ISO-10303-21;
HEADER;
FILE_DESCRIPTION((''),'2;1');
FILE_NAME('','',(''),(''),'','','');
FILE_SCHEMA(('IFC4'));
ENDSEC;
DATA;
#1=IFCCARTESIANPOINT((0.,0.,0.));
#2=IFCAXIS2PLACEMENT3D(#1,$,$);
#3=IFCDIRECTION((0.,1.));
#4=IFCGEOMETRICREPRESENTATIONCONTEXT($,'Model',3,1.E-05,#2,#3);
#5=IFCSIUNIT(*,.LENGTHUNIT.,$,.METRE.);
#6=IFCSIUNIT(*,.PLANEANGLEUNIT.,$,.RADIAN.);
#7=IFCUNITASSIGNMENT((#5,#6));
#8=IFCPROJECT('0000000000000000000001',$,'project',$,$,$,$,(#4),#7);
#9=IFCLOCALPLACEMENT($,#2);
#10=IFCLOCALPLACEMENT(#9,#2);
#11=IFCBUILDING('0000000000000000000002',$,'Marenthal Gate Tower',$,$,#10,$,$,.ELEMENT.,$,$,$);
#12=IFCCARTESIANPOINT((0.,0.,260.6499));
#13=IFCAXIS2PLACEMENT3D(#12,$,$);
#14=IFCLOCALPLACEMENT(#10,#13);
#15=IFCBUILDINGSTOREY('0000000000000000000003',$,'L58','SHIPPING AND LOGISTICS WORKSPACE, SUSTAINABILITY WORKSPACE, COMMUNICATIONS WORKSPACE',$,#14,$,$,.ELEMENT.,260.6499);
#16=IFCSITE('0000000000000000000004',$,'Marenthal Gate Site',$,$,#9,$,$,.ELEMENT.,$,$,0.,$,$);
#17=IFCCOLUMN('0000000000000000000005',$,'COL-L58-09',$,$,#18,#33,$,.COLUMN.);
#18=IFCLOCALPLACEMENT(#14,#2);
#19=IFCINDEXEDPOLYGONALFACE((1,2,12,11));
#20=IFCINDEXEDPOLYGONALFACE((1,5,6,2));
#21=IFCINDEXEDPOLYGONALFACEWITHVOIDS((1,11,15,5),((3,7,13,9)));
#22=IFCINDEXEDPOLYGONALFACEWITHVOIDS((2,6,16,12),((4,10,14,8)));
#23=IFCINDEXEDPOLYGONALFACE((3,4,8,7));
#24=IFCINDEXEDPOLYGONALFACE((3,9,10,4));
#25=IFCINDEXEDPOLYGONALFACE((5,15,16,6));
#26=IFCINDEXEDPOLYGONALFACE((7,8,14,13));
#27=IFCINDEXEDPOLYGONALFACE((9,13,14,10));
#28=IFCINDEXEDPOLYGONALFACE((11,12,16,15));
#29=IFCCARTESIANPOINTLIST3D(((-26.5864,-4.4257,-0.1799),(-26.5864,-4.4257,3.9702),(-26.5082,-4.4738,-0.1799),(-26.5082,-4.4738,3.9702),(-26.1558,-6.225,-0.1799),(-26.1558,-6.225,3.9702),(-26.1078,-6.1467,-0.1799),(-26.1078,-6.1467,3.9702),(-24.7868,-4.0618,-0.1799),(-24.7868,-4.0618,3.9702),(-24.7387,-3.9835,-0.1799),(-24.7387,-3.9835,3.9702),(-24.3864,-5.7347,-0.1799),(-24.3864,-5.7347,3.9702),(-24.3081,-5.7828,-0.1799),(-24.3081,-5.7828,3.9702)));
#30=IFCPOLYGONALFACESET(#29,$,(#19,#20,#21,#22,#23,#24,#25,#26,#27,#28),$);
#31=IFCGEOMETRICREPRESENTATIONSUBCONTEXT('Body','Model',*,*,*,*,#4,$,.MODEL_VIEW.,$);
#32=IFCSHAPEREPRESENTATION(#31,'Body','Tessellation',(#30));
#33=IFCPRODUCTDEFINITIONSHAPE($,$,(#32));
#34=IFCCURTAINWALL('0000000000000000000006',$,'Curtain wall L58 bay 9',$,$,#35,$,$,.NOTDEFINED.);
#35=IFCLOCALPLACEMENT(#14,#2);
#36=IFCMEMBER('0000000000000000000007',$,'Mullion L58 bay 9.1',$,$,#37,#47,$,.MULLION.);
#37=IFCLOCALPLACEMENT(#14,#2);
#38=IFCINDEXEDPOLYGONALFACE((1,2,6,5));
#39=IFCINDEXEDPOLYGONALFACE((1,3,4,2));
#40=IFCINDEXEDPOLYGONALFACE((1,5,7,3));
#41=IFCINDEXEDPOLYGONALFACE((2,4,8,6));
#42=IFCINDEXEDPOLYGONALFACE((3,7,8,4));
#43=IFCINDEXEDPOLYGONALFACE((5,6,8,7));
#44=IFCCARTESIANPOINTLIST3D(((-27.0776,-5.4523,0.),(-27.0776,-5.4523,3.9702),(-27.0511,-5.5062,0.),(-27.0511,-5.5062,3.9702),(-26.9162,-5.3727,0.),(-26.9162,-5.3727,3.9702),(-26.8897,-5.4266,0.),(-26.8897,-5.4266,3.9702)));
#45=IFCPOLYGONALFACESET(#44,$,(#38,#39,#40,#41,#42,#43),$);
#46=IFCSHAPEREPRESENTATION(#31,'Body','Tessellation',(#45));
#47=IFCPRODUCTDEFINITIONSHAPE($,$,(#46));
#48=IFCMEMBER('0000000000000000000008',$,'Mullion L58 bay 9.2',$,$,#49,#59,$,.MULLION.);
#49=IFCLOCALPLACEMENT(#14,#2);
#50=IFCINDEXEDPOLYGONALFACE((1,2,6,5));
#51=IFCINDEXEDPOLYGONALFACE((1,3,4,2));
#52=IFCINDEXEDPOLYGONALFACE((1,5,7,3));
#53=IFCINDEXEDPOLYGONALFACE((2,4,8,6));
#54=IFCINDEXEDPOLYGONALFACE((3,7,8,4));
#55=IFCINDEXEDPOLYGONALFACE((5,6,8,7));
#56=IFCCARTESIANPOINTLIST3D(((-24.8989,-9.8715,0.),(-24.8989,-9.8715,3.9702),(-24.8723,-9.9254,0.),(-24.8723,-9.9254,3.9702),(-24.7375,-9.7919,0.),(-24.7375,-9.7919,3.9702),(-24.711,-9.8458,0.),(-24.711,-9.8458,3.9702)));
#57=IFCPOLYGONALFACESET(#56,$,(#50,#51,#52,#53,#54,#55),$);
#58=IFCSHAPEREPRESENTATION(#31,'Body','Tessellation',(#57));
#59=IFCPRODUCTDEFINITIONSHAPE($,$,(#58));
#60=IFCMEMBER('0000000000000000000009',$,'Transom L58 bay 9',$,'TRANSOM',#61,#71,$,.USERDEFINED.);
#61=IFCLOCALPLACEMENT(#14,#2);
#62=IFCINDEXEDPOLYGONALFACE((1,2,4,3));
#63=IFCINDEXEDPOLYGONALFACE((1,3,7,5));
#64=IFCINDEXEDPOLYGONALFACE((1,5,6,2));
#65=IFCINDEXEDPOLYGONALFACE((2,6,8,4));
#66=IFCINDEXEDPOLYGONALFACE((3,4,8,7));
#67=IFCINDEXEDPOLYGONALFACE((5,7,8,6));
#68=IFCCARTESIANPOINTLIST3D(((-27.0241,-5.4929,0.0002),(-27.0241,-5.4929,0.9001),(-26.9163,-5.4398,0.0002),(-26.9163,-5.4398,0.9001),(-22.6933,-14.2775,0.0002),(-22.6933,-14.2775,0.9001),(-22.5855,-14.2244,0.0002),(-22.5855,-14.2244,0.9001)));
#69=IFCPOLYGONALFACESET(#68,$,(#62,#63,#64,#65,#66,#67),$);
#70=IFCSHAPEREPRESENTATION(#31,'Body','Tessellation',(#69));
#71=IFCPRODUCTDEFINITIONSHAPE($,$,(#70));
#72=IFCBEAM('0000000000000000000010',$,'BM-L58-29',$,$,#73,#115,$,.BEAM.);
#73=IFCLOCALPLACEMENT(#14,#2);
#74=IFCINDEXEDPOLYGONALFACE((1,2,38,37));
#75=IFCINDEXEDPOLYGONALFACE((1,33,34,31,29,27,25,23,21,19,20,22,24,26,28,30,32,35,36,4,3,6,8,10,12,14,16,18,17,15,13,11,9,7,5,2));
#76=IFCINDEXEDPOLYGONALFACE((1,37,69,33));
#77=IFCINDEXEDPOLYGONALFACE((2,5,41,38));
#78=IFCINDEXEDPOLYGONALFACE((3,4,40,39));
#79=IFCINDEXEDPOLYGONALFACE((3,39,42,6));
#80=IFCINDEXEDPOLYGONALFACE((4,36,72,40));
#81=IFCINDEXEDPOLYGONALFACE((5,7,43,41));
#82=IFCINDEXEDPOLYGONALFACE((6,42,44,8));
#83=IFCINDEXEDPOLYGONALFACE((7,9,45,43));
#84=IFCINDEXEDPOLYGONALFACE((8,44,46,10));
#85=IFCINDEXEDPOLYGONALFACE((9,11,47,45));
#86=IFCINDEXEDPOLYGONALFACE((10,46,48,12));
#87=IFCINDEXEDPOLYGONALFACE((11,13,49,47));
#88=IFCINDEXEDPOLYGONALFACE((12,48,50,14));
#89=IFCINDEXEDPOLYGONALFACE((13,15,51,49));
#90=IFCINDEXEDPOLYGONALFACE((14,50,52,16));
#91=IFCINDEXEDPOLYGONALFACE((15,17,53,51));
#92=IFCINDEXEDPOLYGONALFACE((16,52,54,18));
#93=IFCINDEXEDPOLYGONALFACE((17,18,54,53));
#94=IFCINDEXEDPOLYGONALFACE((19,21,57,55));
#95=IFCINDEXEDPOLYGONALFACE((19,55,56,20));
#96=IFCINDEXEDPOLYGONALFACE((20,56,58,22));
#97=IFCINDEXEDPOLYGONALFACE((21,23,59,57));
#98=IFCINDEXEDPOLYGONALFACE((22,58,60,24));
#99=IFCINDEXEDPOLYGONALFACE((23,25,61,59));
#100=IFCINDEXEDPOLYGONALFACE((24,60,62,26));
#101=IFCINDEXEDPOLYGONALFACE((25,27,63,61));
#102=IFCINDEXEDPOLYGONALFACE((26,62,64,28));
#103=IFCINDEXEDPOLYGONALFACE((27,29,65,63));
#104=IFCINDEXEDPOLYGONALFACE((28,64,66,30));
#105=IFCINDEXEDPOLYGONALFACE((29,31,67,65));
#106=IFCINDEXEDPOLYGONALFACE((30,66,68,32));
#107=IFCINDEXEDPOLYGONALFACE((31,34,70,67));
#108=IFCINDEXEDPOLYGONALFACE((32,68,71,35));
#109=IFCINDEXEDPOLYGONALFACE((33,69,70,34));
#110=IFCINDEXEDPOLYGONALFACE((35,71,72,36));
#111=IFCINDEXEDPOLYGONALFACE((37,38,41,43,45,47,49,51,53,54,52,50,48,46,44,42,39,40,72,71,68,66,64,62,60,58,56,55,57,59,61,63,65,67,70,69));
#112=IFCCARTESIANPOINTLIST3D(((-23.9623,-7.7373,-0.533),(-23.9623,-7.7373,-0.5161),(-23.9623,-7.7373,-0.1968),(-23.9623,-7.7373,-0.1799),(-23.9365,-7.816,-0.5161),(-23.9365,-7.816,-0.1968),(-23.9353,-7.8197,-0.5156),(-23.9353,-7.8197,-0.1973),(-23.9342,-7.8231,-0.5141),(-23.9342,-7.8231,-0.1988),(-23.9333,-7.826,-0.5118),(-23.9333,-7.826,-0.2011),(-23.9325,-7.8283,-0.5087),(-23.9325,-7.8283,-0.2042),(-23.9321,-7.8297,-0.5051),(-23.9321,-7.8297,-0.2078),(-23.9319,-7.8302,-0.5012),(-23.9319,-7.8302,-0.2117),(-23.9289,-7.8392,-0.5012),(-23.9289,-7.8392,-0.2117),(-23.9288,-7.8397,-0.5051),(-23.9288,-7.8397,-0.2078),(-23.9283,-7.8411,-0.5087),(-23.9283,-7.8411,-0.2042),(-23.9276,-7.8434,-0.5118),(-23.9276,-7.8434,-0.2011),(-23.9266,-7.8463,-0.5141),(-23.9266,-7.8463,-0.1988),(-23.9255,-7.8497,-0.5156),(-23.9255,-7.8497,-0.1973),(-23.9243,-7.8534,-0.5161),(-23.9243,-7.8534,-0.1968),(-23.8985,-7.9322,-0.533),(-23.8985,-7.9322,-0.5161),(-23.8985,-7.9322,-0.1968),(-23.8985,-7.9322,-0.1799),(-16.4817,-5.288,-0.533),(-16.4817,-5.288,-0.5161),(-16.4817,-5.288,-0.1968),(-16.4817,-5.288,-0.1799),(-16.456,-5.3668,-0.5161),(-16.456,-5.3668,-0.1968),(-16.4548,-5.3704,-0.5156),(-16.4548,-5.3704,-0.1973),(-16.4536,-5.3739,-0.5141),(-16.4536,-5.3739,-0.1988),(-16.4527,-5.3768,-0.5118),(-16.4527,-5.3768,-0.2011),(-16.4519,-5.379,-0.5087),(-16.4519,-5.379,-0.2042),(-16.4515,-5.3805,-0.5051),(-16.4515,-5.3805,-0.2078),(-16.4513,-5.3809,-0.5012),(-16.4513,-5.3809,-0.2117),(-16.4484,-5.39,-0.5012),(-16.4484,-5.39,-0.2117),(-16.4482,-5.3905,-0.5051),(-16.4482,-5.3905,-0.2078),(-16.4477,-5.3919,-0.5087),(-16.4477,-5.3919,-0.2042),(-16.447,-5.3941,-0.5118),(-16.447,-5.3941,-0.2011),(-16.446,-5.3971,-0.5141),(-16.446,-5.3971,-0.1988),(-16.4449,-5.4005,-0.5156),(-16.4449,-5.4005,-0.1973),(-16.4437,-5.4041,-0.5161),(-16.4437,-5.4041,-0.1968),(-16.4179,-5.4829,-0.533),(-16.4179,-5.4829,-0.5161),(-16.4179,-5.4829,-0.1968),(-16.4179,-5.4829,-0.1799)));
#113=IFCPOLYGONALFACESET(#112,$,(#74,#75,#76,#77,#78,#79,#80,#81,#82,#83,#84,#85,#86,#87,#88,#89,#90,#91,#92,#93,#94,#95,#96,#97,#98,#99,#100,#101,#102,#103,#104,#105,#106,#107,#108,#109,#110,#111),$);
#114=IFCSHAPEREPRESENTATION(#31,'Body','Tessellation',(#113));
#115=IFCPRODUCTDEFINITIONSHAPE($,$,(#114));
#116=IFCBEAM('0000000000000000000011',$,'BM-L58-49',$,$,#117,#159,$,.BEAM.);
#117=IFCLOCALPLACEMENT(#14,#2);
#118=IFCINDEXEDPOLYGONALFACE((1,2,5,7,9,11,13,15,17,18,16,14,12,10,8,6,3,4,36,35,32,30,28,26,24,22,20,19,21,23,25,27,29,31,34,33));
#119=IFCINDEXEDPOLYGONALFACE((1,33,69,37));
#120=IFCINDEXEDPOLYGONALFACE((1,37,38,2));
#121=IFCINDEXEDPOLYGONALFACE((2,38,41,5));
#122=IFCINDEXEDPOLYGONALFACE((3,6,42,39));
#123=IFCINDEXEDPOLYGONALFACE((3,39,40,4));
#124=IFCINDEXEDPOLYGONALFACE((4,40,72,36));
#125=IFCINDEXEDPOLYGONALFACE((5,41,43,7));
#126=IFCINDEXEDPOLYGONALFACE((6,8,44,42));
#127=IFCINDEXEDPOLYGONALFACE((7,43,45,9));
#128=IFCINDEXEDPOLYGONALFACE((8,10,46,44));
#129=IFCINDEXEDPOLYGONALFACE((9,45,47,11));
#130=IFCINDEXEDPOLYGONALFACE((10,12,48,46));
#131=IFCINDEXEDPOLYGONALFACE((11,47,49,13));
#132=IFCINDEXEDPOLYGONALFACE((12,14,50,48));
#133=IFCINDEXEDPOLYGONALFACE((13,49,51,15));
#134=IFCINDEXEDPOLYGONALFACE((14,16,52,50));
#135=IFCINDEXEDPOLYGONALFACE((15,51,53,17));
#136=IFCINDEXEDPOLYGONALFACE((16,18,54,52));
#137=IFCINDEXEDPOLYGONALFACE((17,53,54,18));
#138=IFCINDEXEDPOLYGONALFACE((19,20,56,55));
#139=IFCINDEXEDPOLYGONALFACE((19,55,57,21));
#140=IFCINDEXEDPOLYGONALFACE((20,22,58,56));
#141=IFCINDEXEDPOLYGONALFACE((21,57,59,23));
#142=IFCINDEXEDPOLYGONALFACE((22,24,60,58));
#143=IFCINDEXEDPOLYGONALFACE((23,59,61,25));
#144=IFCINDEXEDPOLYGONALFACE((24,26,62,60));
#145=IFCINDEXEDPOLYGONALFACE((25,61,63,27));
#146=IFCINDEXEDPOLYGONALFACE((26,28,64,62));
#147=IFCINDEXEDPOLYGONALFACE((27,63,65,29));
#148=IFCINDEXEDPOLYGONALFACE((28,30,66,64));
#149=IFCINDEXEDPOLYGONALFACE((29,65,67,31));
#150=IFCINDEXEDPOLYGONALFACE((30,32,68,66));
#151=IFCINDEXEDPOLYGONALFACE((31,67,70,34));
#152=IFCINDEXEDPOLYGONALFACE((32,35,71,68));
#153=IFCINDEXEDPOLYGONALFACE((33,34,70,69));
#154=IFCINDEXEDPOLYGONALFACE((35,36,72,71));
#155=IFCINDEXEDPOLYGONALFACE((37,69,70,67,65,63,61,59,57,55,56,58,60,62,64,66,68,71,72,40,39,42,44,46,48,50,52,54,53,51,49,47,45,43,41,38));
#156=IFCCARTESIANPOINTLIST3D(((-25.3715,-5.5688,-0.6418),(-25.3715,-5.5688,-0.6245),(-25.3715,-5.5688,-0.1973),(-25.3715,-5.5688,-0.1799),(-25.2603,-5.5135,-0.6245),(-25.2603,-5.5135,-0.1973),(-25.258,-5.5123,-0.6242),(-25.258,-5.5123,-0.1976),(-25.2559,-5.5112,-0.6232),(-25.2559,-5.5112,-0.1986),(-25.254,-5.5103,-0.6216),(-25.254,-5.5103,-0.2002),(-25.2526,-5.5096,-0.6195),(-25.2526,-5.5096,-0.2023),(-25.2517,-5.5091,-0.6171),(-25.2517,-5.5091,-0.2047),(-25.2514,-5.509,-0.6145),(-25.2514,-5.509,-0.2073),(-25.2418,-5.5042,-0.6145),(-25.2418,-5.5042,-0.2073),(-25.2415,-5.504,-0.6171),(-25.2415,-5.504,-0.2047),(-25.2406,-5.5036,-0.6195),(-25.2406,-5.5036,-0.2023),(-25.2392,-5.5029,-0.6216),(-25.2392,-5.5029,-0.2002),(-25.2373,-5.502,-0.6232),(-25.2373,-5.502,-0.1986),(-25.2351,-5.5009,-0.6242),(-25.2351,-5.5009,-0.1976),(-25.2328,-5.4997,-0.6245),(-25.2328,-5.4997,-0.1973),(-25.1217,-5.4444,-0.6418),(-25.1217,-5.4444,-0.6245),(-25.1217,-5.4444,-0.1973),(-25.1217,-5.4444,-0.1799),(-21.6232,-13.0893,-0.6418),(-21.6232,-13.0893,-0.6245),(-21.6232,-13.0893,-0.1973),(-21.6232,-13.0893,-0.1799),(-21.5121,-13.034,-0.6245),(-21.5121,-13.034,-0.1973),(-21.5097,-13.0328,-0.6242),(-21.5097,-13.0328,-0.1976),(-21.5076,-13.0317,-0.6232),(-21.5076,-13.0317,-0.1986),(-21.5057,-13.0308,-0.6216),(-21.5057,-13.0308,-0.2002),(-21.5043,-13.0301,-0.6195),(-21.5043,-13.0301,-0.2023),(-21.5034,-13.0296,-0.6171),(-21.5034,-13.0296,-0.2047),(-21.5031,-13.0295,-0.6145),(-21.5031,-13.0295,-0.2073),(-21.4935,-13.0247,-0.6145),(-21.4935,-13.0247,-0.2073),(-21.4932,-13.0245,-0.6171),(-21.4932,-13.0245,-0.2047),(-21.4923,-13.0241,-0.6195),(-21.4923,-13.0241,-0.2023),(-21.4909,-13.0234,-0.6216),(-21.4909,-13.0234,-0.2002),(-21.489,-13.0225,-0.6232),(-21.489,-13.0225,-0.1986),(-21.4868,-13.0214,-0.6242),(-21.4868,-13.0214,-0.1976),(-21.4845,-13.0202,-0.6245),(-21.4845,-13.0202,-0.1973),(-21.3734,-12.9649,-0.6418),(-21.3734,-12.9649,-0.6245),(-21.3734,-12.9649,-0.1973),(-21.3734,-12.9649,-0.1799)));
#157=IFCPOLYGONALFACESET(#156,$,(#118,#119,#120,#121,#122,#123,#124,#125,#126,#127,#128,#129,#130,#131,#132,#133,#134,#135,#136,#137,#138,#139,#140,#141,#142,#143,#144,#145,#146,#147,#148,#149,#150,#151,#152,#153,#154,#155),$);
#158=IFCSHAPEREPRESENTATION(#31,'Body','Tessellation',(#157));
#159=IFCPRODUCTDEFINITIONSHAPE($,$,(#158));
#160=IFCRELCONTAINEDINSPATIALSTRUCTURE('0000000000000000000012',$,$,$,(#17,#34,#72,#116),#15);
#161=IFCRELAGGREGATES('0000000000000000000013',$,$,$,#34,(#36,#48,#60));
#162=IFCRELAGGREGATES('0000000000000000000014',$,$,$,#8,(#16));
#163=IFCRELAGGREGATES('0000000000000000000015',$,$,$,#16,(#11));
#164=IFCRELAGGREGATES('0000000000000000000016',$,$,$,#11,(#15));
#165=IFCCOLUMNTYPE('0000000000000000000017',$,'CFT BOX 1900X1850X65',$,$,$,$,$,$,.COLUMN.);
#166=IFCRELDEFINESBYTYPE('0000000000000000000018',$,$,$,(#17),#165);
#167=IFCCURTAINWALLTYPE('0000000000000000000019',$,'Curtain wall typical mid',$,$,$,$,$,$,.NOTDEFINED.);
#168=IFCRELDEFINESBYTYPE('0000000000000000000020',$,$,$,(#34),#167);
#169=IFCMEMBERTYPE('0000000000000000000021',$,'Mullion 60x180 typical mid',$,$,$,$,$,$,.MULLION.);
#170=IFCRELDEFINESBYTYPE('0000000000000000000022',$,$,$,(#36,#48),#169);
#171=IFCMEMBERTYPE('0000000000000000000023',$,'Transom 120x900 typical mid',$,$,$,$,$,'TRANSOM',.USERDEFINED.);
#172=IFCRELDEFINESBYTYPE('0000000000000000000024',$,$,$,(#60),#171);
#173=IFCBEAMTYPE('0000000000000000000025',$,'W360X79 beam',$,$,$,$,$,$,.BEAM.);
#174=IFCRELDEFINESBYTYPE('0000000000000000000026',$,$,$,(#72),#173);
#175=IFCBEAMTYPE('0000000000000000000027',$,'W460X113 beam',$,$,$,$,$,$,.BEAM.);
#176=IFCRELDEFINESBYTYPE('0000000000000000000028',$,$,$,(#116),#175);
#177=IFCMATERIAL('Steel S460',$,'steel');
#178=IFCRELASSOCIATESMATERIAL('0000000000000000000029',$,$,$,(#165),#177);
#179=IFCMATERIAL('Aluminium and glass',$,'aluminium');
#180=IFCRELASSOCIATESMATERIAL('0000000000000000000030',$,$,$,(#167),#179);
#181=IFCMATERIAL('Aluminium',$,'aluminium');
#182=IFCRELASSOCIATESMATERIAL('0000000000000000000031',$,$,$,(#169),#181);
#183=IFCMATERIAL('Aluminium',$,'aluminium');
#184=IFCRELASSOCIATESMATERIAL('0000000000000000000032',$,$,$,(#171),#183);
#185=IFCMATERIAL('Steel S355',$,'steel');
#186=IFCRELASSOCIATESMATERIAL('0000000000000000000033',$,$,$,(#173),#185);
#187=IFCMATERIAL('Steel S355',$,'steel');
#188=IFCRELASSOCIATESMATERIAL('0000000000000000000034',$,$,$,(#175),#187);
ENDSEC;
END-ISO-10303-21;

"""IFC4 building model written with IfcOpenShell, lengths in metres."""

from ifc_helpers import new_model, si_unit, direction, frame, origin, origin_2d, place, context, subcontext, project, spatial, rectangle, hollow_rectangle, i_section, extrude, material, material_profile, profile_set, type_object, element, aggregate, save


model = new_model("IFC4")

# Units and contexts
model_context = context("Model", 3, precision=1e-05, world=origin(), true_north=direction((0.0, 1.0)))
body_context = subcontext(model_context, "Body", "Model", "MODEL_VIEW")
ifc_project = project(units=[si_unit("LENGTHUNIT", "METRE"), si_unit("PLANEANGLEUNIT", "RADIAN")], contexts=[model_context])

# Site, building, storey
site_placement = place(None, origin())
site = spatial("IfcSite", under=ifc_project, at=site_placement, Name="Marenthal Gate Site", CompositionType="ELEMENT", RefElevation=0.0)
building_placement = place(site_placement, origin())
building = spatial("IfcBuilding", under=site, at=building_placement, Name="Marenthal Gate Tower", CompositionType="ELEMENT")
storey_placement = place(building_placement, frame((0.0, 0.0, 260.6499)))
storey = spatial("IfcBuildingStorey", under=building, at=storey_placement, Name="L58", Description="SHIPPING AND LOGISTICS WORKSPACE, SUSTAINABILITY WORKSPACE, COMMUNICATIONS WORKSPACE", CompositionType="ELEMENT", Elevation=260.6499)

# Column
ifc_material_1 = material(Name="Steel S460", Category="steel")
ifc_material_profile_1 = material_profile(ifc_material_1, hollow_rectangle(XDim=1.8501, YDim=1.8999, WallThickness=0.0649, at=origin_2d()), Name="CFT BOX 1900X1850X65")
ifc_material_2 = material(Name="Concrete 70 MPa", Category="concrete")
ifc_material_profile_2 = material_profile(ifc_material_2, rectangle(XDim=1.72, YDim=1.77, at=origin_2d()), Name="CFT BOX 1900X1850X65 INFILL")
ifc_profile_set_1 = profile_set([ifc_material_profile_1, ifc_material_profile_2], Name="Steel S460 shell, Concrete 70 MPa infill")
column_type = type_object("IfcColumnType", Name="CFT BOX 1900X1850X65", PredefinedType="COLUMN", material=ifc_profile_set_1)
column_placement = place(storey_placement, frame((-25.4473, -5.1042, -0.1799), z_axis=(0.0, 0.0, 1.0), x_axis=(-0.23277, 0.972532, 0.0)))
element("IfcColumn", 1, at=column_placement, inside=storey, type_object=column_type, Name="COL-L58-09", PredefinedType="COLUMN", context=body_context, shape_type="SweptSolid", body=[
    extrude(hollow_rectangle(XDim=1.8501, YDim=1.8999, WallThickness=0.0649, at=origin_2d()), origin(), (0.0, 0.0, 1.0), 4.1501),
])

# Curtain wall, members
ifc_material_3 = material(Name="Aluminium and glass", Category="aluminium")
curtain_wall_type = type_object("IfcCurtainWallType", Name="Curtain wall typical mid", PredefinedType="NOTDEFINED", material=ifc_material_3)
curtain_wall_placement = place(storey_placement, origin())
curtain_wall = element("IfcCurtainWall", 2, at=curtain_wall_placement, inside=storey, type_object=curtain_wall_type, Name="Curtain wall L58 bay 9", PredefinedType="NOTDEFINED")
ifc_material_4 = material(Name="Aluminium", Category="aluminium")
ifc_material_profile_3 = material_profile(ifc_material_4, rectangle(XDim=0.1799, YDim=0.0601, at=origin_2d()), Name="60x180 aluminium mullion")
ifc_profile_set_2 = profile_set([ifc_material_profile_3], Name="Aluminium")
member_type_1 = type_object("IfcMemberType", Name="Mullion 60x180 typical mid", PredefinedType="MULLION", material=ifc_profile_set_2)
member_1_placement = place(storey_placement, frame((-26.9836, -5.4395, 0.0), z_axis=(0.0, 0.0, 1.0), x_axis=(0.896921, 0.442192, 0.0)))
member_1 = element("IfcMember", 3, at=member_1_placement, type_object=member_type_1, Name="Mullion L58 bay 9.1", PredefinedType="MULLION", context=body_context, shape_type="SweptSolid", body=[
    extrude(rectangle(XDim=0.1799, YDim=0.0601, at=origin_2d()), origin(), (0.0, 0.0, 1.0), 3.9702),
])
member_2_placement = place(storey_placement, frame((-24.8049, -9.8586, 0.0), z_axis=(0.0, 0.0, 1.0), x_axis=(0.896921, 0.442192, 0.0)))
member_2 = element("IfcMember", 4, at=member_2_placement, type_object=member_type_1, Name="Mullion L58 bay 9.2", PredefinedType="MULLION", context=body_context, shape_type="SweptSolid", body=[
    extrude(rectangle(XDim=0.1799, YDim=0.0601, at=origin_2d()), origin(), (0.0, 0.0, 1.0), 3.9702),
])
ifc_material_5 = material(Name="Aluminium", Category="aluminium")
ifc_material_profile_4 = material_profile(ifc_material_5, rectangle(XDim=0.1201, YDim=0.8999, at=origin_2d()), Name="120x900 aluminium transom")
ifc_profile_set_3 = profile_set([ifc_material_profile_4], Name="Aluminium")
member_type_2 = type_object("IfcMemberType", Name="Transom 120x900 typical mid", ElementType="TRANSOM", PredefinedType="USERDEFINED", material=ifc_profile_set_3)
member_3_placement = place(storey_placement, frame((-26.9702, -5.4663, 0.4502), z_axis=(0.442181, -0.896926, 0.0), x_axis=(0.896926, 0.442181, 0.0)))
member_3 = element("IfcMember", 5, at=member_3_placement, type_object=member_type_2, Name="Transom L58 bay 9", ObjectType="TRANSOM", PredefinedType="USERDEFINED", context=body_context, shape_type="SweptSolid", body=[
    extrude(rectangle(XDim=0.1201, YDim=0.8999, at=origin_2d()), origin(), (0.0, 0.0, 1.0), 9.7942),
])

# Beams
ifc_material_6 = material(Name="Steel S355", Category="steel")
ifc_material_profile_5 = material_profile(ifc_material_6, i_section(OverallWidth=0.2051, OverallDepth=0.353, WebThickness=0.0095, FlangeThickness=0.0168, FilletRadius=0.0149, at=origin_2d()), Name="W360X79")
ifc_profile_set_4 = profile_set([ifc_material_profile_5], Name="Steel S355")
beam_type_1 = type_object("IfcBeamType", Name="W360X79 beam", PredefinedType="BEAM", material=ifc_profile_set_4)
beam_1_placement = place(storey_placement, frame((-23.9304, -7.8347, -0.3564), z_axis=(0.950357, 0.311161, 0.0), x_axis=(-0.311161, 0.950357, 0.0)))
element("IfcBeam", 6, at=beam_1_placement, inside=storey, type_object=beam_type_1, Name="BM-L58-29", PredefinedType="BEAM", context=body_context, shape_type="SweptSolid", body=[
    extrude(i_section(OverallWidth=0.2051, OverallDepth=0.353, WebThickness=0.0095, FlangeThickness=0.0168, FilletRadius=0.0149, at=origin_2d()), origin(), (0.0, 0.0, 1.0), 7.8713),
])
ifc_material_7 = material(Name="Steel S355", Category="steel")
ifc_material_profile_6 = material_profile(ifc_material_7, i_section(OverallWidth=0.2791, OverallDepth=0.4619, WebThickness=0.0107, FlangeThickness=0.0173, FilletRadius=0.01, at=origin_2d()), Name="W460X113")
ifc_profile_set_5 = profile_set([ifc_material_profile_6], Name="Steel S355")
beam_type_2 = type_object("IfcBeamType", Name="W460X113 beam", PredefinedType="BEAM", material=ifc_profile_set_5)
beam_2_placement = place(storey_placement, frame((-25.2466, -5.5066, -0.4109), z_axis=(0.446074, -0.894996, 0.0), x_axis=(0.894996, 0.446074, 0.0)))
element("IfcBeam", 7, at=beam_2_placement, inside=storey, type_object=beam_type_2, Name="BM-L58-49", PredefinedType="BEAM", context=body_context, shape_type="SweptSolid", body=[
    extrude(i_section(OverallWidth=0.2791, OverallDepth=0.4619, WebThickness=0.0107, FlangeThickness=0.0173, FilletRadius=0.01, at=origin_2d()), origin(), (0.0, 0.0, 1.0), 8.4028),
])

aggregate(curtain_wall, [member_1, member_2, member_3])

save(model, "model.ifc")
